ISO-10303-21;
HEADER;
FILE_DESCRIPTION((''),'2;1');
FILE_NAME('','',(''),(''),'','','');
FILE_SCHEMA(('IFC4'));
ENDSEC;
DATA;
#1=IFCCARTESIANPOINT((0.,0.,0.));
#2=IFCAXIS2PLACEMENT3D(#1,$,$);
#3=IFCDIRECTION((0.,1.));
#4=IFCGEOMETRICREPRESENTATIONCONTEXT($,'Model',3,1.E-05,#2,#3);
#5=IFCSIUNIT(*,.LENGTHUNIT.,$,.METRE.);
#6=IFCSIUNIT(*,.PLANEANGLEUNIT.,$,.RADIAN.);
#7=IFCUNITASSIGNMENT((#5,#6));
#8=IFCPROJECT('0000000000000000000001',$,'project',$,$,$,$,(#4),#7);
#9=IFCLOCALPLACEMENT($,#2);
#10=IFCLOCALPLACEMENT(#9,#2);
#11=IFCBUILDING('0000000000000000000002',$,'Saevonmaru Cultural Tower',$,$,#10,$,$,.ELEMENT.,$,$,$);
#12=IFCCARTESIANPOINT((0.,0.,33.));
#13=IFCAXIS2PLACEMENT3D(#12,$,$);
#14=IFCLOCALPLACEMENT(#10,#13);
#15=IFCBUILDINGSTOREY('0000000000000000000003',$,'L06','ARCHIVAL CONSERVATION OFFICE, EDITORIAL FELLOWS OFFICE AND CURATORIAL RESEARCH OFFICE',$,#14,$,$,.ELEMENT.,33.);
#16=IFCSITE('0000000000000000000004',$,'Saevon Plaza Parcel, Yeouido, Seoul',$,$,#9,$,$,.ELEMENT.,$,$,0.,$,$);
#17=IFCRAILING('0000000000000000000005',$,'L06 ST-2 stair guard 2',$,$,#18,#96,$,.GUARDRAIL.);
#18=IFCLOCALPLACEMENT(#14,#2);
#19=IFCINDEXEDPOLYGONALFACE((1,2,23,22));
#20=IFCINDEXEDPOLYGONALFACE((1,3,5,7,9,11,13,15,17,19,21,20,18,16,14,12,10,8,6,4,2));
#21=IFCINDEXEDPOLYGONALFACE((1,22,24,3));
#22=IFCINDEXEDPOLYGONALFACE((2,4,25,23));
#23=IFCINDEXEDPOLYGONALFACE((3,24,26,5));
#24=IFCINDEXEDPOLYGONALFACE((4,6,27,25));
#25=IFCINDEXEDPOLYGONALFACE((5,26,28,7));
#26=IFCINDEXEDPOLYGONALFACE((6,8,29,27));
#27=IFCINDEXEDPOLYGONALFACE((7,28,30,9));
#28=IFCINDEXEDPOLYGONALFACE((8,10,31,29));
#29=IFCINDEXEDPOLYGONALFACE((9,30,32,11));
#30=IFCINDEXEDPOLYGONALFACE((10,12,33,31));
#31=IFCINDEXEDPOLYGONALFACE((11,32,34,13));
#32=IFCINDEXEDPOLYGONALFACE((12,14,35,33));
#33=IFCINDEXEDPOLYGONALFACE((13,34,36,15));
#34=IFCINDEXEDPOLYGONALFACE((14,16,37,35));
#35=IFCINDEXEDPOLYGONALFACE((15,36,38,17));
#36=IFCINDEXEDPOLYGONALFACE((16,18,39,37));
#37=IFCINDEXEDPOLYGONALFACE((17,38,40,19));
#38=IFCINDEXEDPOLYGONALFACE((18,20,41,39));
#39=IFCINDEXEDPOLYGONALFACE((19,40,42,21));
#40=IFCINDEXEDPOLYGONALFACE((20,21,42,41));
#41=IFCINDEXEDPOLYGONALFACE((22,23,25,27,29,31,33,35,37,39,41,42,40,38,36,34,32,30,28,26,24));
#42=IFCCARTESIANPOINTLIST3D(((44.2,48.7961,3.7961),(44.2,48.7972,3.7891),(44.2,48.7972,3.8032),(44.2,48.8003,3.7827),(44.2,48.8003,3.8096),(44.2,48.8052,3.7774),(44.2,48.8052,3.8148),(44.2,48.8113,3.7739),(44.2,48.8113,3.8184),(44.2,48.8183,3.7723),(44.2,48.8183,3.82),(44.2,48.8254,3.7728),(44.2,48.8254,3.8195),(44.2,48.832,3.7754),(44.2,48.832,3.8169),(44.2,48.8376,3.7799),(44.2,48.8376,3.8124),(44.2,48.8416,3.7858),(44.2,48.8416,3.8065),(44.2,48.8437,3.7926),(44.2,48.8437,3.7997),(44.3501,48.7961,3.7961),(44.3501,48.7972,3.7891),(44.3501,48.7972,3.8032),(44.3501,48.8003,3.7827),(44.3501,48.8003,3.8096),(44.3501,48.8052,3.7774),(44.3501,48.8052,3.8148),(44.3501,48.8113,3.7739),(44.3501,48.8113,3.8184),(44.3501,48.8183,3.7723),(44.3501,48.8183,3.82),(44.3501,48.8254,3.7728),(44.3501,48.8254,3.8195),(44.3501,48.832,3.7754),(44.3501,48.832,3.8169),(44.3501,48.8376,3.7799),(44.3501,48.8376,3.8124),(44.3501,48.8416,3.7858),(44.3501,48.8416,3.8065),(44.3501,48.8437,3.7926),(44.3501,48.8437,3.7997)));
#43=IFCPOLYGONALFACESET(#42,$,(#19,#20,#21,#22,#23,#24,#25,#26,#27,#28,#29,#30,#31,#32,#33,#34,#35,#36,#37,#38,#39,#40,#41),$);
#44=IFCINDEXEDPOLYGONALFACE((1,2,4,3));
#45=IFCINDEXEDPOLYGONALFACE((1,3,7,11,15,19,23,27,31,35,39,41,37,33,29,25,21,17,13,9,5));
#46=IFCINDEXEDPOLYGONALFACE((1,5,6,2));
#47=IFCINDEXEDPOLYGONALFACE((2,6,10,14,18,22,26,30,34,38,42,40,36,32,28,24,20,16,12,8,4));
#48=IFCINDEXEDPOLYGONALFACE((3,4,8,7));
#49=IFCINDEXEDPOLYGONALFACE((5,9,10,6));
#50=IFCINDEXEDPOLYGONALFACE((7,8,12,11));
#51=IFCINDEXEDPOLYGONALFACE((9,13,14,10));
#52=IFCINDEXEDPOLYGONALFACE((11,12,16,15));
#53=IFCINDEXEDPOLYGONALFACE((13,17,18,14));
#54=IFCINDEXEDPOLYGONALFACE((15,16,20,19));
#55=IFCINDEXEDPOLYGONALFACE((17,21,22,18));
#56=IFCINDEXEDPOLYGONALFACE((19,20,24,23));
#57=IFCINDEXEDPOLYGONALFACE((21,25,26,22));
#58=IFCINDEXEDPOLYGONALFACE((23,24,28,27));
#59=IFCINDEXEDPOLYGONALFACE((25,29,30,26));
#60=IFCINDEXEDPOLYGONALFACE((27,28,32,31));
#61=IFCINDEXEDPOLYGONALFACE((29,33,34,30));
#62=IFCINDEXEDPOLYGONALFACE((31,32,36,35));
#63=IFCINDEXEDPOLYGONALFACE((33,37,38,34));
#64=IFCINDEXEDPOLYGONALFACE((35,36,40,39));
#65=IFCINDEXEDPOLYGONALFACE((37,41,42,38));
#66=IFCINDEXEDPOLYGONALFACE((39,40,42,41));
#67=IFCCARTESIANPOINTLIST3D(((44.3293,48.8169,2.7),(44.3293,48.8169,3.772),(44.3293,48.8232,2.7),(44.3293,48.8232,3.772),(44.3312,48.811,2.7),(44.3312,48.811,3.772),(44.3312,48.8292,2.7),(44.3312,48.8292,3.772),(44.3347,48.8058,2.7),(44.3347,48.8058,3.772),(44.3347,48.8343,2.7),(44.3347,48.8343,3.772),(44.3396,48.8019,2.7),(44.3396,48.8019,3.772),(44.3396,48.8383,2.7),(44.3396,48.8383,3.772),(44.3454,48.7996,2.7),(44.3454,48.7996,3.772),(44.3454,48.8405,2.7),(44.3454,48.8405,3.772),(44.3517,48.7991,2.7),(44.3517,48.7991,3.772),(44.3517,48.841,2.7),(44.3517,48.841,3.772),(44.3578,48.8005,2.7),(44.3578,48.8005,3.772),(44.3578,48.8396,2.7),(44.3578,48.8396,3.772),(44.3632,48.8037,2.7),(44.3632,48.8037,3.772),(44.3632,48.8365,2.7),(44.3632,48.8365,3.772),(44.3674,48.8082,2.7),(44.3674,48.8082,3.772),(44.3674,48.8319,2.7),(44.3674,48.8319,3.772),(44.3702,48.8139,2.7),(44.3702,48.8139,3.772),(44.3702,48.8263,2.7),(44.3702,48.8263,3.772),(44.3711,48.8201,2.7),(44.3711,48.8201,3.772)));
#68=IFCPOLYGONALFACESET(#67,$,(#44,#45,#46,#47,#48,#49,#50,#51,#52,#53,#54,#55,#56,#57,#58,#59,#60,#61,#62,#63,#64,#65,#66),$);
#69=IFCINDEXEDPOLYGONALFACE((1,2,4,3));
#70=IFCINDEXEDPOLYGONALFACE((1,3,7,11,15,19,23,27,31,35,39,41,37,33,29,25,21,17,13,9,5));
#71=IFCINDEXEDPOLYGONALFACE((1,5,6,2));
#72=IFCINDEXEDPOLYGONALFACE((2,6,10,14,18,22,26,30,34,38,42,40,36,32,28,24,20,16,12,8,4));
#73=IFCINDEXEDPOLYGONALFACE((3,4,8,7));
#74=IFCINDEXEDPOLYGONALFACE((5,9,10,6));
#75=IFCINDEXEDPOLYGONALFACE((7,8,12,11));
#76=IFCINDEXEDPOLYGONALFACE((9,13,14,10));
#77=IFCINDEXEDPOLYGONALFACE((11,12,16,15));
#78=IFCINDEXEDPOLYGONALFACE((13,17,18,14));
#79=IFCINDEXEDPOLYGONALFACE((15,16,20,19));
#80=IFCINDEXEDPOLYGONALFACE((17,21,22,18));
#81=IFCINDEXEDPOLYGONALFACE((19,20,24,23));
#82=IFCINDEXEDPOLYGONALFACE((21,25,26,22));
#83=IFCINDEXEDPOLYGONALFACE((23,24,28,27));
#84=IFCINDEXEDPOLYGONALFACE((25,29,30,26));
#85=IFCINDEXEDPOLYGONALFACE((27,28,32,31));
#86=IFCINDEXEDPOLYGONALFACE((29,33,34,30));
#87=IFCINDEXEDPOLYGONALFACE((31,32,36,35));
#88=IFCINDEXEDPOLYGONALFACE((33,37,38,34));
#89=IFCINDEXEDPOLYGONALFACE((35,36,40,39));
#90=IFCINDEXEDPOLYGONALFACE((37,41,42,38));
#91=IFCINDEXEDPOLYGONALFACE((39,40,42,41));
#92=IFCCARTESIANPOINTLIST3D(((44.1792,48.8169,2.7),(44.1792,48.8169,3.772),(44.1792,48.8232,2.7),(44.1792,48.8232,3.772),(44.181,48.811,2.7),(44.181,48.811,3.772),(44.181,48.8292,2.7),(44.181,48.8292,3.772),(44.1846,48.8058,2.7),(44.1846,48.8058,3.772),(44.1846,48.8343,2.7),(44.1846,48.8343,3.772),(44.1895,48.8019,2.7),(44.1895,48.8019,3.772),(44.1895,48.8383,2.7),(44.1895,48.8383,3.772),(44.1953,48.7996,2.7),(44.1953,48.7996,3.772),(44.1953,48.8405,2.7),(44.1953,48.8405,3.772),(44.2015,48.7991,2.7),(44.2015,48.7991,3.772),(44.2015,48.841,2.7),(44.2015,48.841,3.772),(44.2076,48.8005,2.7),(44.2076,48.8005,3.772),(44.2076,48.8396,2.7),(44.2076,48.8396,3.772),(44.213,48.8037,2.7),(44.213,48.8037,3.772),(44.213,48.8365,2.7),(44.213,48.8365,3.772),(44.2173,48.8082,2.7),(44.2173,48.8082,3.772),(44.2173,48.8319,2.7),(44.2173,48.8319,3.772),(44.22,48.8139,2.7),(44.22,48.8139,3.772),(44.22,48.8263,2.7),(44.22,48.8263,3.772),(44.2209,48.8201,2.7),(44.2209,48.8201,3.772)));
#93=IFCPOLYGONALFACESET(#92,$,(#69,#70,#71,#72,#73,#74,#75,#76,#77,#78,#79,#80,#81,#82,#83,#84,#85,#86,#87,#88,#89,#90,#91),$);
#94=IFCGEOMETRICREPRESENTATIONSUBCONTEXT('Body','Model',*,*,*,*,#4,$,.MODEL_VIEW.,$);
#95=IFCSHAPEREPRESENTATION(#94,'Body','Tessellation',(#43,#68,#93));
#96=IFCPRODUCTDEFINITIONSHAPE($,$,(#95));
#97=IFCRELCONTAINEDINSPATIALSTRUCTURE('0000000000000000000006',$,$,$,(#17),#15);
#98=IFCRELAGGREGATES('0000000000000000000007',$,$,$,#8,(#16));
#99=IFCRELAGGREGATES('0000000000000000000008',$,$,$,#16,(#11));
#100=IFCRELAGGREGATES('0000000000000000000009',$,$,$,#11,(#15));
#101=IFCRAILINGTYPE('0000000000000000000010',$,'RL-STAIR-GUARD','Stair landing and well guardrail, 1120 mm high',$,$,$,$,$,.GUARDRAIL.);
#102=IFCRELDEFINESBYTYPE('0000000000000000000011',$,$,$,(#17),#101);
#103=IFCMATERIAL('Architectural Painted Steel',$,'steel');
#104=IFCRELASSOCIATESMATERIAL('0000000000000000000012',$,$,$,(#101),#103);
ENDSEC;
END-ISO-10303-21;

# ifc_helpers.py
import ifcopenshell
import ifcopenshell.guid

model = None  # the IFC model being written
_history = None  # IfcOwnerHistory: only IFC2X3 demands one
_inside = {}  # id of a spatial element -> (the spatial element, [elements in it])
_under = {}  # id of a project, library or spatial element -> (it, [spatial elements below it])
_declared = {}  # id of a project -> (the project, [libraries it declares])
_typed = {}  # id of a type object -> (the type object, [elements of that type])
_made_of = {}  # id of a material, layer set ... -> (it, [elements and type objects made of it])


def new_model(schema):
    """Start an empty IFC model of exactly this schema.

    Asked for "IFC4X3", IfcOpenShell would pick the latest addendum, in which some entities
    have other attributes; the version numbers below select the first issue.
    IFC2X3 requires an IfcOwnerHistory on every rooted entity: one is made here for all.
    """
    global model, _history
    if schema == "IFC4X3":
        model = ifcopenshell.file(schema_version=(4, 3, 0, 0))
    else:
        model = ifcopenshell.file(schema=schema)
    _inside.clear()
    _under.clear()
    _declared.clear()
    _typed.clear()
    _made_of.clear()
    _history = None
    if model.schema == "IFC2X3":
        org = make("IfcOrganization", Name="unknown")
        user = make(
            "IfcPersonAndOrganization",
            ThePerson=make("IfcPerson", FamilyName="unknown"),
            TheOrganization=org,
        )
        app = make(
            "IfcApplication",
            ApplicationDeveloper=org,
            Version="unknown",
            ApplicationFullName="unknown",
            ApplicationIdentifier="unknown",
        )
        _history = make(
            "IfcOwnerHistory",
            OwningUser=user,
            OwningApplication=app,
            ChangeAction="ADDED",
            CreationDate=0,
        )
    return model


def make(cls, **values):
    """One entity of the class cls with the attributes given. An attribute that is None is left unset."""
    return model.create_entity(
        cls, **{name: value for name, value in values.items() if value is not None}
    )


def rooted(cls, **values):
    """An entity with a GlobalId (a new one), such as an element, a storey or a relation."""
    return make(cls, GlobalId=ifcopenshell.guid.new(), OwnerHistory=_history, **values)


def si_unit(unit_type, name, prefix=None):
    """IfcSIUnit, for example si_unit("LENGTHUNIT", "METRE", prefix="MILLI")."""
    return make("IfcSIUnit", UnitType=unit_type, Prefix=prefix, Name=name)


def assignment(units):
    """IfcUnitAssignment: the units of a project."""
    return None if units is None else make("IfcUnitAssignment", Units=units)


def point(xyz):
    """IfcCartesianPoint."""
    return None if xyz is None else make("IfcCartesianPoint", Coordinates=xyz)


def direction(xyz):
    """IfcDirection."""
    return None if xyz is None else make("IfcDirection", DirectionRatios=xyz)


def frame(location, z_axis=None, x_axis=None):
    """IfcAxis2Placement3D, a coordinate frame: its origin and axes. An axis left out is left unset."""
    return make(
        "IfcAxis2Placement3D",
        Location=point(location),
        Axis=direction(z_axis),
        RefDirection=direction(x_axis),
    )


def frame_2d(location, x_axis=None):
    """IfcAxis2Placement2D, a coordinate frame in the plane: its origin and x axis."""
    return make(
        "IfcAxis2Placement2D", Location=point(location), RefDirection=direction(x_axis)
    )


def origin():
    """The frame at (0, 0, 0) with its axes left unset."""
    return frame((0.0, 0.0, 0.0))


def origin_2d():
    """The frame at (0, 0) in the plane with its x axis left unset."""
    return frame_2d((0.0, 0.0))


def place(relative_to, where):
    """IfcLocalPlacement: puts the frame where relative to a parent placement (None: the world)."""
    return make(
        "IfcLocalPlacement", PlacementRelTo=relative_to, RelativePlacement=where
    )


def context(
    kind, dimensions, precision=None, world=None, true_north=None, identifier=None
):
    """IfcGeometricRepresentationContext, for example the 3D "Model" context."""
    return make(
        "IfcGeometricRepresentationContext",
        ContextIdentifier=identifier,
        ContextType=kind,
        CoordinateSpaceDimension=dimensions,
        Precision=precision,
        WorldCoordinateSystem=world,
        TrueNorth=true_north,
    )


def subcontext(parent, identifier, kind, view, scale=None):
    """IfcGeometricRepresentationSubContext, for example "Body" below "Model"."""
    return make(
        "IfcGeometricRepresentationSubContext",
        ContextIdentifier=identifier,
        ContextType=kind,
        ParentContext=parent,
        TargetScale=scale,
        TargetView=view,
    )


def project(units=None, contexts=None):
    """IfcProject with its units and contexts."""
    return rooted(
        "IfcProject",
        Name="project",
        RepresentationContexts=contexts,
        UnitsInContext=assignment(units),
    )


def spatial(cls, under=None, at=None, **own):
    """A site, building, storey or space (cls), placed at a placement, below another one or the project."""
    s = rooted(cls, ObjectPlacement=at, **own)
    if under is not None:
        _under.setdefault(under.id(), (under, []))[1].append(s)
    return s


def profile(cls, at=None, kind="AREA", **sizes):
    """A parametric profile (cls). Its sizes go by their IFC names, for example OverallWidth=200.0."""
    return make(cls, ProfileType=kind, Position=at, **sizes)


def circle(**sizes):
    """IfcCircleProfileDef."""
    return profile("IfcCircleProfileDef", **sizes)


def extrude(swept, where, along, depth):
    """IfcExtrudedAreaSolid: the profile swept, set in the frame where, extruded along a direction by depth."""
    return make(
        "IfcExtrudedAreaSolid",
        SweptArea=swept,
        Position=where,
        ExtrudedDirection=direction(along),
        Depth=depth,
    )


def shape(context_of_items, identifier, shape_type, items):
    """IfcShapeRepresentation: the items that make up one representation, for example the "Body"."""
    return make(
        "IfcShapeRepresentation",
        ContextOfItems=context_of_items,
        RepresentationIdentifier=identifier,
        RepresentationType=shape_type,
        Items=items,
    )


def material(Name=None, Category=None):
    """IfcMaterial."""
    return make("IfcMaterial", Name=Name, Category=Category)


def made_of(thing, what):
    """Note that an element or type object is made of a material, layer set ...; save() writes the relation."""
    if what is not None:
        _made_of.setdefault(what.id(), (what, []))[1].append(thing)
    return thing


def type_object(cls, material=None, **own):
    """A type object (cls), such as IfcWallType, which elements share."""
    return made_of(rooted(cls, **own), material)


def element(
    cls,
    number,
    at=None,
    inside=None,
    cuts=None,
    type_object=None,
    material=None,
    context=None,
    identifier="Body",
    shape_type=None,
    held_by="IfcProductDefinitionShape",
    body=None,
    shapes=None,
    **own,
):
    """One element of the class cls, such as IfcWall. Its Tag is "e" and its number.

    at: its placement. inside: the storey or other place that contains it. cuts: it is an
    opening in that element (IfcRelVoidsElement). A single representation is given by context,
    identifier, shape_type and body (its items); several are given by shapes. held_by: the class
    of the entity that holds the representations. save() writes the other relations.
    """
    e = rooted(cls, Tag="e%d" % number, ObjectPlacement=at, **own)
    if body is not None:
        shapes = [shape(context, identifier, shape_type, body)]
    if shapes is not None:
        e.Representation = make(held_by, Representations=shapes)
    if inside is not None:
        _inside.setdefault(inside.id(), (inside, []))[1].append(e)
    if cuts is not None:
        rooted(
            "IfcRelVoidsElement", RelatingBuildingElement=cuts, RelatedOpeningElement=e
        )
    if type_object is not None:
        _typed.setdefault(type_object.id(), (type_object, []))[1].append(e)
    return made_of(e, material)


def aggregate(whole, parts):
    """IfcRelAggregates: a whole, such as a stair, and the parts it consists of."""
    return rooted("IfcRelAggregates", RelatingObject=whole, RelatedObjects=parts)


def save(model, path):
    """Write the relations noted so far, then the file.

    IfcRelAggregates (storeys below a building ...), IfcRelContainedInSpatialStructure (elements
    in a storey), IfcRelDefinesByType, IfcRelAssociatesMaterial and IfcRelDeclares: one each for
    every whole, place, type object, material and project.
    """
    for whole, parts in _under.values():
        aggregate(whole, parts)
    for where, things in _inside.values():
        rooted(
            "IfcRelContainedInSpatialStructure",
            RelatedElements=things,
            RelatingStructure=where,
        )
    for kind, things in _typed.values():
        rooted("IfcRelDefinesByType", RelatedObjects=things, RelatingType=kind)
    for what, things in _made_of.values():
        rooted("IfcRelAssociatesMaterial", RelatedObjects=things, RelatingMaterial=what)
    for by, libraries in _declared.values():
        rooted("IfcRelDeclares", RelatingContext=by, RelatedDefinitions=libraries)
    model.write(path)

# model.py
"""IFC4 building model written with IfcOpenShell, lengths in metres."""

from ifc_helpers import new_model, si_unit, direction, frame, origin, origin_2d, place, context, subcontext, project, spatial, circle, extrude, material, type_object, element, save


model = new_model("IFC4")

# Units and contexts
model_context = context("Model", 3, precision=1e-05, world=origin(), true_north=direction((0.0, 1.0)))
body_context = subcontext(model_context, "Body", "Model", "MODEL_VIEW")
ifc_project = project(units=[si_unit("LENGTHUNIT", "METRE"), si_unit("PLANEANGLEUNIT", "RADIAN")], contexts=[model_context])

# Site, building, storey
site_placement = place(None, origin())
site = spatial("IfcSite", under=ifc_project, at=site_placement, Name="Saevon Plaza Parcel, Yeouido, Seoul", CompositionType="ELEMENT", RefElevation=0.0)
building_placement = place(site_placement, origin())
building = spatial("IfcBuilding", under=site, at=building_placement, Name="Saevonmaru Cultural Tower", CompositionType="ELEMENT")
storey_placement = place(building_placement, frame((0.0, 0.0, 33.0)))
storey = spatial("IfcBuildingStorey", under=building, at=storey_placement, Name="L06", Description="ARCHIVAL CONSERVATION OFFICE, EDITORIAL FELLOWS OFFICE AND CURATORIAL RESEARCH OFFICE", CompositionType="ELEMENT", Elevation=33.0)

# Railing
ifc_material_1 = material(Name="Architectural Painted Steel", Category="steel")
railing_type_1 = type_object("IfcRailingType", Name="RL-STAIR-GUARD", Description="Stair landing and well guardrail, 1120 mm high", PredefinedType="GUARDRAIL", material=ifc_material_1)
railing_1_placement = place(storey_placement, frame((44.3501, 48.8201, 2.7)))
element("IfcRailing", 1, at=railing_1_placement, inside=storey, type_object=railing_type_1, Name="L06 ST-2 stair guard 2", PredefinedType="GUARDRAIL", context=body_context, shape_type="SweptSolid", body=[
    extrude(circle(Radius=0.0239, at=origin_2d()), frame((0.0, 0.0, 1.0962), z_axis=(-1.0, 0.0, 0.0), x_axis=(0.0, -1.0, 0.0)), (0.0, 0.0, 1.0), 0.1501),
    extrude(circle(Radius=0.021, at=origin_2d()), origin(), (0.0, 0.0, 1.0), 1.072),
    extrude(circle(Radius=0.021, at=origin_2d()), frame((-0.1501, 0.0, 0.0)), (0.0, 0.0, 1.0), 1.072),
])

save(model, "model.ifc")
